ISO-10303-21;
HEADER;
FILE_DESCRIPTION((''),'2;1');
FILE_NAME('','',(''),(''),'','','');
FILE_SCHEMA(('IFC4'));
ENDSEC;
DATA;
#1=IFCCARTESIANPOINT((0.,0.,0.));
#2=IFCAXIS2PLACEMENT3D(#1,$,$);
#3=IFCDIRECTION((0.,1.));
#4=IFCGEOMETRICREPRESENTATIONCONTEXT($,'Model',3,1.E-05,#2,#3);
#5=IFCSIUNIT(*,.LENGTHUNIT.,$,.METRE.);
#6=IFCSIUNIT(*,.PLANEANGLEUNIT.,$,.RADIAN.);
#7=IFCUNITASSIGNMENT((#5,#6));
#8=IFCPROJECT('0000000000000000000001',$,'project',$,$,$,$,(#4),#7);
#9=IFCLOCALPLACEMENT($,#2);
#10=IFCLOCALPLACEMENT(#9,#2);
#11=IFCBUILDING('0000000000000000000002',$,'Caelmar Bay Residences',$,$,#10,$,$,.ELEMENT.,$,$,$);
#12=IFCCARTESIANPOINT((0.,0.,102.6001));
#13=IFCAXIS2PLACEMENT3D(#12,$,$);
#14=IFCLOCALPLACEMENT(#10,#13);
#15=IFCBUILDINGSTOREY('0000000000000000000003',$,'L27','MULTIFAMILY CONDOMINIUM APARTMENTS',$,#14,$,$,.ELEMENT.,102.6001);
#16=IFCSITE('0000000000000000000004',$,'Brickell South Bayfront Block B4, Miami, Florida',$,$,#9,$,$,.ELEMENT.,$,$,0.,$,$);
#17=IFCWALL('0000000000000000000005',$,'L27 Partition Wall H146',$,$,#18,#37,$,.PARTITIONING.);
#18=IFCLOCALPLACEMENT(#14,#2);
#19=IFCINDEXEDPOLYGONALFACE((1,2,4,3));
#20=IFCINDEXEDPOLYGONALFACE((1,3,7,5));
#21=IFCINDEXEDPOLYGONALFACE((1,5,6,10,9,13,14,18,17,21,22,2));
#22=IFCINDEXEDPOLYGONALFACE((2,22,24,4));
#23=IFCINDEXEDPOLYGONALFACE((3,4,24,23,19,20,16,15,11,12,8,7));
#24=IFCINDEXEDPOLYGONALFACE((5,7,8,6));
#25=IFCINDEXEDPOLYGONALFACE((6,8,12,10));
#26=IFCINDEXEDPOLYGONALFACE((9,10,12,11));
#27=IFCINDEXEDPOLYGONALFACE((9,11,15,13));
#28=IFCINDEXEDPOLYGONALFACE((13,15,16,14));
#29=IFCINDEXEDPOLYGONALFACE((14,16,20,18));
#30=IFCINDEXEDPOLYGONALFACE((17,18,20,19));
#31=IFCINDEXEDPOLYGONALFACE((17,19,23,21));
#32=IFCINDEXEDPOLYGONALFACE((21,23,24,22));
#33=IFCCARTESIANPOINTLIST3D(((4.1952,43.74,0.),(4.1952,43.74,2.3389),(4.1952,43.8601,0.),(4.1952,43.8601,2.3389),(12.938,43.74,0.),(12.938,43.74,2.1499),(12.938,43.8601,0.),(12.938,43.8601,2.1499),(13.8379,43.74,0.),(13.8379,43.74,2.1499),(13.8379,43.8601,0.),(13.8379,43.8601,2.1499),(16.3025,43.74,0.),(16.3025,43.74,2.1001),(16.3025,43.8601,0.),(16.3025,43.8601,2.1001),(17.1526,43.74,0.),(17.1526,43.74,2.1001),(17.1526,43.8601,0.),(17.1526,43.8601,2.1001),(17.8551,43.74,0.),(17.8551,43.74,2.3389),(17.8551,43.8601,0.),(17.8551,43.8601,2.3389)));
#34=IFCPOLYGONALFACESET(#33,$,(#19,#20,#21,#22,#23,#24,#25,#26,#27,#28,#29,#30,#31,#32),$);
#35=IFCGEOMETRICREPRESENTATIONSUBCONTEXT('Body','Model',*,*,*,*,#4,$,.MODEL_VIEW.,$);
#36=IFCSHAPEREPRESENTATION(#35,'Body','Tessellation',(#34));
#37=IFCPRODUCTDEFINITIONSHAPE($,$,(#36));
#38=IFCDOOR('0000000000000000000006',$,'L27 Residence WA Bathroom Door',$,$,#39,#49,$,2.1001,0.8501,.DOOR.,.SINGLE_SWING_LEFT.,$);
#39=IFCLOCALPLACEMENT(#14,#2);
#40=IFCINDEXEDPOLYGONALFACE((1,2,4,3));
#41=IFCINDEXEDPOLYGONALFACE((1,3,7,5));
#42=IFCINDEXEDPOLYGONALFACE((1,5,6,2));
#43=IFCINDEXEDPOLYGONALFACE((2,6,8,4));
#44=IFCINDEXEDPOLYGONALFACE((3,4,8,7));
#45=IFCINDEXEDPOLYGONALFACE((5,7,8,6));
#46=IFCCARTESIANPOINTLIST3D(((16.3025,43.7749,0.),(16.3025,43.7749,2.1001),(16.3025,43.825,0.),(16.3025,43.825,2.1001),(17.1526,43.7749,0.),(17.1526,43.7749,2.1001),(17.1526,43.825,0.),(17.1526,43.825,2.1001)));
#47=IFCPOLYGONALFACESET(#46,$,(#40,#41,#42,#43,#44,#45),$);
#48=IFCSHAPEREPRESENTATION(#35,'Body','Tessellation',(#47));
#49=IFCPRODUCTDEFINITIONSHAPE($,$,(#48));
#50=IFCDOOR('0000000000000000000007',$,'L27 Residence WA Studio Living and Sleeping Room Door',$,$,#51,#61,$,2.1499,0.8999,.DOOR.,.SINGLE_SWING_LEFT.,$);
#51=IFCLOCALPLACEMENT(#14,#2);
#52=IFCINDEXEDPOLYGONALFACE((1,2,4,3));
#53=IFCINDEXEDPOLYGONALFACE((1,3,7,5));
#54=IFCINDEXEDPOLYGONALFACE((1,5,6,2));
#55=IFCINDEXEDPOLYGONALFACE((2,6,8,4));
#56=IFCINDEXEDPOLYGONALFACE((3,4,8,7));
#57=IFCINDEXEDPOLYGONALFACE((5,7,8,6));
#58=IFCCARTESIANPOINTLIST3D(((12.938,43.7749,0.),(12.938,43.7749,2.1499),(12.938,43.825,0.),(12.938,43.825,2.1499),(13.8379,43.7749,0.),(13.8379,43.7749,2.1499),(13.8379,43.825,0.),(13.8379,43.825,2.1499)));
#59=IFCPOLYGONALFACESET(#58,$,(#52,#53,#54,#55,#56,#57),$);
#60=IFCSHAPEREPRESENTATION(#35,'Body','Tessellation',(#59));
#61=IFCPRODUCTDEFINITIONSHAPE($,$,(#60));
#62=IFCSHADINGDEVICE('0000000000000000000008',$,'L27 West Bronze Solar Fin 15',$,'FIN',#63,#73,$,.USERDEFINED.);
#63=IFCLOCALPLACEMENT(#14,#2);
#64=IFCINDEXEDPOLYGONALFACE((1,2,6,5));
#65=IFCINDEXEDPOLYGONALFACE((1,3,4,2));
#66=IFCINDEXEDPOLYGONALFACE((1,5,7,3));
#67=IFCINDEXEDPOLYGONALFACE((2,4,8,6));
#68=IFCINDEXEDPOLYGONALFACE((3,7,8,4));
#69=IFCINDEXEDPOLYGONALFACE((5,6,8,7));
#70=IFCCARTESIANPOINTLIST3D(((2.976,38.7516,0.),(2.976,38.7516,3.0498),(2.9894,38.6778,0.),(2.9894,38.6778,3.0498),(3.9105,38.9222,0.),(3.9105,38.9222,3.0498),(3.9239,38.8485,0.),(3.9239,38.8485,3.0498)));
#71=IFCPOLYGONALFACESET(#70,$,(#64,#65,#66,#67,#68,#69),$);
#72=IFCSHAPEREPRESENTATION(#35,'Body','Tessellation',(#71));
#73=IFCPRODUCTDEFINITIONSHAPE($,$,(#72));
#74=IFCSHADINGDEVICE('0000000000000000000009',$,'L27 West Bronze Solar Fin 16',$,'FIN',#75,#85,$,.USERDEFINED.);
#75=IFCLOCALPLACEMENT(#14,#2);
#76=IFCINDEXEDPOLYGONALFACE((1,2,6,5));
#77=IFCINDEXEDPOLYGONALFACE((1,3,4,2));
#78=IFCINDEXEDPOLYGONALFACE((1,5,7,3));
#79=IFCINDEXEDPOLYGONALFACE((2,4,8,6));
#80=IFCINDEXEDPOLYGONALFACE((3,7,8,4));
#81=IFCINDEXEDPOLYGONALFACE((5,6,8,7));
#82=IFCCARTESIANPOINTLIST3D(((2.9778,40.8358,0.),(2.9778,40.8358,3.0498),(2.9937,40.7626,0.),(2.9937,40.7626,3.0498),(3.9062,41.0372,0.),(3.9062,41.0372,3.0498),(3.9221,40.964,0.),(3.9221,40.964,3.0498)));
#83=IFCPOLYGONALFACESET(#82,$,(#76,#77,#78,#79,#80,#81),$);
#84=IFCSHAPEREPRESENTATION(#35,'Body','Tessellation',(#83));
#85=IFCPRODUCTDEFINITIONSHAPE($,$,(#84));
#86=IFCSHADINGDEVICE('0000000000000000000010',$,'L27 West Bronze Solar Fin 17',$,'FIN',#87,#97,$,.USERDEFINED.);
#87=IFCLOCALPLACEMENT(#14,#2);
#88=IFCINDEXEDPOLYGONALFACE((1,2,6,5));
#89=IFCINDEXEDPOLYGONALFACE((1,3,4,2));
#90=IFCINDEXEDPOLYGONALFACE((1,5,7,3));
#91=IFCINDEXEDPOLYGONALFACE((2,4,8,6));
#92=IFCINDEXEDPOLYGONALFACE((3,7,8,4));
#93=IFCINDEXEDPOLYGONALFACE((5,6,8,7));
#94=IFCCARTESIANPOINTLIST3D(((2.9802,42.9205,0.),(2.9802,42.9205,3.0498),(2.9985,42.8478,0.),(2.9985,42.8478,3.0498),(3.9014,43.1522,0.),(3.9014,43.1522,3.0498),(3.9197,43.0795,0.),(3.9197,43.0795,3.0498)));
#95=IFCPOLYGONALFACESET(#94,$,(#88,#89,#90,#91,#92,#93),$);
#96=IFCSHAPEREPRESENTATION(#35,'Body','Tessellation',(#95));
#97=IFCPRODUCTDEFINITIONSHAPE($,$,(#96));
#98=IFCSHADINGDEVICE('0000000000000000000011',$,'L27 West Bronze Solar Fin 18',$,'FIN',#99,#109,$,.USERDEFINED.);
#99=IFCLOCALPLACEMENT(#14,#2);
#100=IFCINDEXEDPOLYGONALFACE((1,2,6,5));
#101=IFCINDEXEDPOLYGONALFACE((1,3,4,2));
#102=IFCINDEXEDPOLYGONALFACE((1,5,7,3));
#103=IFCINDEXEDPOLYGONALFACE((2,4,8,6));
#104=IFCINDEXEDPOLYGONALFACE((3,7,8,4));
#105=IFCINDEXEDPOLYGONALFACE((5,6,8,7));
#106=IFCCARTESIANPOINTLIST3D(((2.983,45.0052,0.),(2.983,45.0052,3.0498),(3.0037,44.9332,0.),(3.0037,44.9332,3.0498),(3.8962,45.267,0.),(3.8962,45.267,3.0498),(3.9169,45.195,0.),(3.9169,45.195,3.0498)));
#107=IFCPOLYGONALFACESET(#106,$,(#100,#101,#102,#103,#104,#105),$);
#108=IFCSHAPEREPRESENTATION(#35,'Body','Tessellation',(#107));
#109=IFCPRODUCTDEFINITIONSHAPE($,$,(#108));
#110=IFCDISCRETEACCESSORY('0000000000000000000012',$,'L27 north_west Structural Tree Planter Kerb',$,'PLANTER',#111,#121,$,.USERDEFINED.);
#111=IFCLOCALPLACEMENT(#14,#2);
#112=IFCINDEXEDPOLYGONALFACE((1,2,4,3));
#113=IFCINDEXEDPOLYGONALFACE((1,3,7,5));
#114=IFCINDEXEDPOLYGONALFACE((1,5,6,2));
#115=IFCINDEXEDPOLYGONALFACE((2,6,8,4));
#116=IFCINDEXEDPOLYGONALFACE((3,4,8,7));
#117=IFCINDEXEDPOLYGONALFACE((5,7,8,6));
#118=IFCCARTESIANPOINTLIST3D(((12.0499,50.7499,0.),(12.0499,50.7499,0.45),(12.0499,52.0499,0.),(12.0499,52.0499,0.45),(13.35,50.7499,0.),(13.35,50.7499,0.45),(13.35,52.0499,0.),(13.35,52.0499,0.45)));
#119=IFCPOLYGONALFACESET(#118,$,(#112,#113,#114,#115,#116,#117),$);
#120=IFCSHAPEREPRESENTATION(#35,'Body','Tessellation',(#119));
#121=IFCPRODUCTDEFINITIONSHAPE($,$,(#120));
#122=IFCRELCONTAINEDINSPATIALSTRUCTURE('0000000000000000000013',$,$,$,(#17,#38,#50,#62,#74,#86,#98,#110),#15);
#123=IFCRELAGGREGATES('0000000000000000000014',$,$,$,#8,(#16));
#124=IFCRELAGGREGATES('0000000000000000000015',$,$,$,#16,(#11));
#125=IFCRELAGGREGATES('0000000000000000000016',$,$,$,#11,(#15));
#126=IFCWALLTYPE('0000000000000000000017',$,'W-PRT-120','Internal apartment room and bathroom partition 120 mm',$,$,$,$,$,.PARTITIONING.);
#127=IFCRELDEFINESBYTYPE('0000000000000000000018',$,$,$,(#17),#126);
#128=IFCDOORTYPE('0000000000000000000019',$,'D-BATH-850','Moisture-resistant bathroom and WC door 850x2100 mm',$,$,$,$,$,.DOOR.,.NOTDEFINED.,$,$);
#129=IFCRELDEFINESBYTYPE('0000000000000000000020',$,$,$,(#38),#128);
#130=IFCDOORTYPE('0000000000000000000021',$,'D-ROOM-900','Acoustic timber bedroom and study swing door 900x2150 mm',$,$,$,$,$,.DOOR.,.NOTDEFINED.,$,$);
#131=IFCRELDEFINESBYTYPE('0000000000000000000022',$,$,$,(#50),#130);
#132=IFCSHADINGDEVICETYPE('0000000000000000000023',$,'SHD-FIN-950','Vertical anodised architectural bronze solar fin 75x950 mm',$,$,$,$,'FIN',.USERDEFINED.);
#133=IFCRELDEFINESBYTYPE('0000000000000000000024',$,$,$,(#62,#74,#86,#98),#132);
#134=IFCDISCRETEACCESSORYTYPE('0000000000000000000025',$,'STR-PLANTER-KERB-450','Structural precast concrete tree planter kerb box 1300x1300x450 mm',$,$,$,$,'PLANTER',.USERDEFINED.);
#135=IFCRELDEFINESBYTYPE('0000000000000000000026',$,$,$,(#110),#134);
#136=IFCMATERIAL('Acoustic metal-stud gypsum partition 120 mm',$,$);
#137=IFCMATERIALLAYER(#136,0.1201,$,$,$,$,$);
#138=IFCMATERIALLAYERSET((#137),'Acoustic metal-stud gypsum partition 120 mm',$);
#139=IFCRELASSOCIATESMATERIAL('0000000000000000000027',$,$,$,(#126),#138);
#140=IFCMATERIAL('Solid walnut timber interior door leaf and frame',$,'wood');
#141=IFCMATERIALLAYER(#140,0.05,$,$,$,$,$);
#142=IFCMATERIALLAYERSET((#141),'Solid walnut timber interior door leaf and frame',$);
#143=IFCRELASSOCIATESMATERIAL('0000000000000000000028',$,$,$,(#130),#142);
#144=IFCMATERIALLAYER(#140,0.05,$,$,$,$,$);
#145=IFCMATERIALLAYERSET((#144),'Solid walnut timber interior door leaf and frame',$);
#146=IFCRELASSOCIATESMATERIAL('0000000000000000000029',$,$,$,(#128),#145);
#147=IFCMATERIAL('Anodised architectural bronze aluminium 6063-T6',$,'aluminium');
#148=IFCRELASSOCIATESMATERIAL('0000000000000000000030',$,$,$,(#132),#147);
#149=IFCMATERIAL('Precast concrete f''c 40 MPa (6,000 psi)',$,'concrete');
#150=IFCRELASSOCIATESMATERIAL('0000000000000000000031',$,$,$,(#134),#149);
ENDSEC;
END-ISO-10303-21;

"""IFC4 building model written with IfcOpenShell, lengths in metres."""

from ifc_helpers import new_model, si_unit, direction, frame, frame_2d, origin, origin_2d, place, context, subcontext, project, spatial, rectangle, extrude, material, layer, layer_set, material_profile, profile_set, type_object, element, fill, save


model = new_model("IFC4")

# Units and contexts
model_context = context("Model", 3, precision=1e-05, world=origin(), true_north=direction((0.0, 1.0)))
body_context = subcontext(model_context, "Body", "Model", "MODEL_VIEW")
ifc_project = project(units=[si_unit("LENGTHUNIT", "METRE"), si_unit("PLANEANGLEUNIT", "RADIAN")], contexts=[model_context])

# Site, building, storey
site_placement = place(None, origin())
site = spatial("IfcSite", under=ifc_project, at=site_placement, Name="Brickell South Bayfront Block B4, Miami, Florida", CompositionType="ELEMENT", RefElevation=0.0)
building_placement = place(site_placement, origin())
building = spatial("IfcBuilding", under=site, at=building_placement, Name="Caelmar Bay Residences", CompositionType="ELEMENT")
storey_placement = place(building_placement, frame((0.0, 0.0, 102.6001)))
storey = spatial("IfcBuildingStorey", under=building, at=storey_placement, Name="L27", Description="MULTIFAMILY CONDOMINIUM APARTMENTS", CompositionType="ELEMENT", Elevation=102.6001)

# Shared definitions
ifc_material_1 = material(Name="Precast concrete f'c 40 MPa (6,000 psi)", Category="concrete")

# Shared definitions
ifc_material_2 = material(Name="Acoustic metal-stud gypsum partition 120 mm")
ifc_layer_1 = layer(ifc_material_2, 0.1201)
ifc_layer_set_1 = layer_set([ifc_layer_1], Name="Acoustic metal-stud gypsum partition 120 mm")
wall_type_1 = type_object("IfcWallType", Name="W-PRT-120", Description="Internal apartment room and bathroom partition 120 mm", PredefinedType="PARTITIONING", material=ifc_layer_set_1)
ifc_material_3 = material(Name="Solid walnut timber interior door leaf and frame", Category="wood")
ifc_layer_2 = layer(ifc_material_3, 0.05)
ifc_layer_set_2 = layer_set([ifc_layer_2], Name="Solid walnut timber interior door leaf and frame")
door_type_1 = type_object("IfcDoorType", Name="D-ROOM-900", Description="Acoustic timber bedroom and study swing door 900x2150 mm", OperationType="NOTDEFINED", PredefinedType="DOOR", material=ifc_layer_set_2)

# Wall, openings, doors
wall_1_placement = place(storey_placement, frame((4.1951, 43.8, 0.0), z_axis=(0.0, 0.0, 1.0), x_axis=(1.0, 0.0, 0.0)))
wall_1 = element("IfcWall", 1, at=wall_1_placement, inside=storey, type_object=wall_type_1, Name="L27 Partition Wall H146", PredefinedType="PARTITIONING", context=body_context, shape_type="SweptSolid", body=[
    extrude(rectangle(XDim=13.6599, YDim=0.1201, at=frame_2d((6.8301, 0.0))), origin(), (0.0, 0.0, 1.0), 2.3389),
])
opening_1_placement = place(wall_1_placement, frame((8.7429, 0.0, 0.0)))
opening_1 = element("IfcOpeningElement", 2, at=opening_1_placement, cuts=wall_1, PredefinedType="OPENING", context=body_context, shape_type="SweptSolid", body=[
    extrude(rectangle(XDim=0.8999, YDim=2.1499, at=frame_2d((0.45, 1.075))), frame((0.0, 0.0701, 0.0), z_axis=(0.0, -1.0, 0.0), x_axis=(1.0, 0.0, 0.0)), (0.0, 0.0, 1.0), 0.1401),
])
opening_2_placement = place(wall_1_placement, frame((12.1074, 0.0, 0.0)))
opening_2 = element("IfcOpeningElement", 3, at=opening_2_placement, cuts=wall_1, PredefinedType="OPENING", context=body_context, shape_type="SweptSolid", body=[
    extrude(rectangle(XDim=0.8501, YDim=2.1001, at=frame_2d((0.425, 1.05))), frame((0.0, 0.0701, 0.0), z_axis=(0.0, -1.0, 0.0), x_axis=(1.0, 0.0, 0.0)), (0.0, 0.0, 1.0), 0.1401),
])
ifc_layer_3 = layer(ifc_material_3, 0.05)
ifc_layer_set_3 = layer_set([ifc_layer_3], Name="Solid walnut timber interior door leaf and frame")
door_type_2 = type_object("IfcDoorType", Name="D-BATH-850", Description="Moisture-resistant bathroom and WC door 850x2100 mm", OperationType="NOTDEFINED", PredefinedType="DOOR", material=ifc_layer_set_3)
door_1_placement = place(opening_2_placement, origin())
door_1 = element("IfcDoor", 4, at=door_1_placement, inside=storey, type_object=door_type_2, Name="L27 Residence WA Bathroom Door", OperationType="SINGLE_SWING_LEFT", OverallHeight=2.1001, OverallWidth=0.8501, PredefinedType="DOOR", context=body_context, shape_type="SweptSolid", body=[
    extrude(rectangle(XDim=0.8501, YDim=2.1001, at=frame_2d((0.425, 1.05))), frame((0.0, 0.0249, 0.0), z_axis=(0.0, -1.0, 0.0), x_axis=(1.0, 0.0, 0.0)), (0.0, 0.0, 1.0), 0.05),
])
fill(opening_2, door_1)
door_2_placement = place(opening_1_placement, origin())
door_2 = element("IfcDoor", 5, at=door_2_placement, inside=storey, type_object=door_type_1, Name="L27 Residence WA Studio Living and Sleeping Room Door", OperationType="SINGLE_SWING_LEFT", OverallHeight=2.1499, OverallWidth=0.8999, PredefinedType="DOOR", context=body_context, shape_type="SweptSolid", body=[
    extrude(rectangle(XDim=0.8999, YDim=2.1499, at=frame_2d((0.45, 1.075))), frame((0.0, 0.0249, 0.0), z_axis=(0.0, -1.0, 0.0), x_axis=(1.0, 0.0, 0.0)), (0.0, 0.0, 1.0), 0.05),
])
fill(opening_1, door_2)

# Shading devices
ifc_material_4 = material(Name="Anodised architectural bronze aluminium 6063-T6", Category="aluminium")
ifc_material_profile_1 = material_profile(ifc_material_4, rectangle(XDim=0.075, YDim=0.95, at=origin_2d()), Name="BRONZE-FIN-75X950")
ifc_profile_set_1 = profile_set([ifc_material_profile_1], Name="Anodised architectural bronze aluminium 6063-T6")
shading_device_type = type_object("IfcShadingDeviceType", Name="SHD-FIN-950", Description="Vertical anodised architectural bronze solar fin 75x950 mm", ElementType="FIN", PredefinedType="USERDEFINED", material=ifc_profile_set_1)
for number, where, z_axis, x_axis, name in (
    (6, (3.45, 38.8, 0.0), (0.0, 0.0, 1.0), (-0.179661, 0.983729, 0.0), "L27 West Bronze Solar Fin 15"),
    (7, (3.45, 40.8999, 0.0), (0.0, 0.0, 1.0), (-0.212007, 0.977268, 0.0), "L27 West Bronze Solar Fin 16"),
    (8, (3.45, 43.0, 0.0), (0.0, 0.0, 1.0), (-0.243954, 0.969787, 0.0), "L27 West Bronze Solar Fin 17"),
    (9, (3.45, 45.1001, 0.0), (0.0, 0.0, 1.0), (-0.275637, 0.961262, 0.0), "L27 West Bronze Solar Fin 18"),
):
    element("IfcShadingDevice", number, at=place(storey_placement, frame(where, z_axis=z_axis, x_axis=x_axis)), inside=storey, type_object=shading_device_type, Name=name, ObjectType="FIN", PredefinedType="USERDEFINED", context=body_context, shape_type="SweptSolid", body=[
        extrude(rectangle(XDim=0.075, YDim=0.95, at=origin_2d()), origin(), (0.0, 0.0, 1.0), 3.0498),
    ])

# Discrete accessory
discrete_accessory_type = type_object("IfcDiscreteAccessoryType", Name="STR-PLANTER-KERB-450", Description="Structural precast concrete tree planter kerb box 1300x1300x450 mm", ElementType="PLANTER", PredefinedType="USERDEFINED", material=ifc_material_1)
discrete_accessory_placement = place(storey_placement, frame((12.7, 51.3999, 0.0), z_axis=(0.0, 0.0, 1.0), x_axis=(1.0, 0.0, 0.0)))
element("IfcDiscreteAccessory", 10, at=discrete_accessory_placement, inside=storey, type_object=discrete_accessory_type, Name="L27 north_west Structural Tree Planter Kerb", ObjectType="PLANTER", PredefinedType="USERDEFINED", context=body_context, shape_type="SweptSolid", body=[
    extrude(rectangle(XDim=1.3, YDim=1.3, at=origin_2d()), origin(), (0.0, 0.0, 1.0), 0.45),
])

save(model, "model.ifc")
